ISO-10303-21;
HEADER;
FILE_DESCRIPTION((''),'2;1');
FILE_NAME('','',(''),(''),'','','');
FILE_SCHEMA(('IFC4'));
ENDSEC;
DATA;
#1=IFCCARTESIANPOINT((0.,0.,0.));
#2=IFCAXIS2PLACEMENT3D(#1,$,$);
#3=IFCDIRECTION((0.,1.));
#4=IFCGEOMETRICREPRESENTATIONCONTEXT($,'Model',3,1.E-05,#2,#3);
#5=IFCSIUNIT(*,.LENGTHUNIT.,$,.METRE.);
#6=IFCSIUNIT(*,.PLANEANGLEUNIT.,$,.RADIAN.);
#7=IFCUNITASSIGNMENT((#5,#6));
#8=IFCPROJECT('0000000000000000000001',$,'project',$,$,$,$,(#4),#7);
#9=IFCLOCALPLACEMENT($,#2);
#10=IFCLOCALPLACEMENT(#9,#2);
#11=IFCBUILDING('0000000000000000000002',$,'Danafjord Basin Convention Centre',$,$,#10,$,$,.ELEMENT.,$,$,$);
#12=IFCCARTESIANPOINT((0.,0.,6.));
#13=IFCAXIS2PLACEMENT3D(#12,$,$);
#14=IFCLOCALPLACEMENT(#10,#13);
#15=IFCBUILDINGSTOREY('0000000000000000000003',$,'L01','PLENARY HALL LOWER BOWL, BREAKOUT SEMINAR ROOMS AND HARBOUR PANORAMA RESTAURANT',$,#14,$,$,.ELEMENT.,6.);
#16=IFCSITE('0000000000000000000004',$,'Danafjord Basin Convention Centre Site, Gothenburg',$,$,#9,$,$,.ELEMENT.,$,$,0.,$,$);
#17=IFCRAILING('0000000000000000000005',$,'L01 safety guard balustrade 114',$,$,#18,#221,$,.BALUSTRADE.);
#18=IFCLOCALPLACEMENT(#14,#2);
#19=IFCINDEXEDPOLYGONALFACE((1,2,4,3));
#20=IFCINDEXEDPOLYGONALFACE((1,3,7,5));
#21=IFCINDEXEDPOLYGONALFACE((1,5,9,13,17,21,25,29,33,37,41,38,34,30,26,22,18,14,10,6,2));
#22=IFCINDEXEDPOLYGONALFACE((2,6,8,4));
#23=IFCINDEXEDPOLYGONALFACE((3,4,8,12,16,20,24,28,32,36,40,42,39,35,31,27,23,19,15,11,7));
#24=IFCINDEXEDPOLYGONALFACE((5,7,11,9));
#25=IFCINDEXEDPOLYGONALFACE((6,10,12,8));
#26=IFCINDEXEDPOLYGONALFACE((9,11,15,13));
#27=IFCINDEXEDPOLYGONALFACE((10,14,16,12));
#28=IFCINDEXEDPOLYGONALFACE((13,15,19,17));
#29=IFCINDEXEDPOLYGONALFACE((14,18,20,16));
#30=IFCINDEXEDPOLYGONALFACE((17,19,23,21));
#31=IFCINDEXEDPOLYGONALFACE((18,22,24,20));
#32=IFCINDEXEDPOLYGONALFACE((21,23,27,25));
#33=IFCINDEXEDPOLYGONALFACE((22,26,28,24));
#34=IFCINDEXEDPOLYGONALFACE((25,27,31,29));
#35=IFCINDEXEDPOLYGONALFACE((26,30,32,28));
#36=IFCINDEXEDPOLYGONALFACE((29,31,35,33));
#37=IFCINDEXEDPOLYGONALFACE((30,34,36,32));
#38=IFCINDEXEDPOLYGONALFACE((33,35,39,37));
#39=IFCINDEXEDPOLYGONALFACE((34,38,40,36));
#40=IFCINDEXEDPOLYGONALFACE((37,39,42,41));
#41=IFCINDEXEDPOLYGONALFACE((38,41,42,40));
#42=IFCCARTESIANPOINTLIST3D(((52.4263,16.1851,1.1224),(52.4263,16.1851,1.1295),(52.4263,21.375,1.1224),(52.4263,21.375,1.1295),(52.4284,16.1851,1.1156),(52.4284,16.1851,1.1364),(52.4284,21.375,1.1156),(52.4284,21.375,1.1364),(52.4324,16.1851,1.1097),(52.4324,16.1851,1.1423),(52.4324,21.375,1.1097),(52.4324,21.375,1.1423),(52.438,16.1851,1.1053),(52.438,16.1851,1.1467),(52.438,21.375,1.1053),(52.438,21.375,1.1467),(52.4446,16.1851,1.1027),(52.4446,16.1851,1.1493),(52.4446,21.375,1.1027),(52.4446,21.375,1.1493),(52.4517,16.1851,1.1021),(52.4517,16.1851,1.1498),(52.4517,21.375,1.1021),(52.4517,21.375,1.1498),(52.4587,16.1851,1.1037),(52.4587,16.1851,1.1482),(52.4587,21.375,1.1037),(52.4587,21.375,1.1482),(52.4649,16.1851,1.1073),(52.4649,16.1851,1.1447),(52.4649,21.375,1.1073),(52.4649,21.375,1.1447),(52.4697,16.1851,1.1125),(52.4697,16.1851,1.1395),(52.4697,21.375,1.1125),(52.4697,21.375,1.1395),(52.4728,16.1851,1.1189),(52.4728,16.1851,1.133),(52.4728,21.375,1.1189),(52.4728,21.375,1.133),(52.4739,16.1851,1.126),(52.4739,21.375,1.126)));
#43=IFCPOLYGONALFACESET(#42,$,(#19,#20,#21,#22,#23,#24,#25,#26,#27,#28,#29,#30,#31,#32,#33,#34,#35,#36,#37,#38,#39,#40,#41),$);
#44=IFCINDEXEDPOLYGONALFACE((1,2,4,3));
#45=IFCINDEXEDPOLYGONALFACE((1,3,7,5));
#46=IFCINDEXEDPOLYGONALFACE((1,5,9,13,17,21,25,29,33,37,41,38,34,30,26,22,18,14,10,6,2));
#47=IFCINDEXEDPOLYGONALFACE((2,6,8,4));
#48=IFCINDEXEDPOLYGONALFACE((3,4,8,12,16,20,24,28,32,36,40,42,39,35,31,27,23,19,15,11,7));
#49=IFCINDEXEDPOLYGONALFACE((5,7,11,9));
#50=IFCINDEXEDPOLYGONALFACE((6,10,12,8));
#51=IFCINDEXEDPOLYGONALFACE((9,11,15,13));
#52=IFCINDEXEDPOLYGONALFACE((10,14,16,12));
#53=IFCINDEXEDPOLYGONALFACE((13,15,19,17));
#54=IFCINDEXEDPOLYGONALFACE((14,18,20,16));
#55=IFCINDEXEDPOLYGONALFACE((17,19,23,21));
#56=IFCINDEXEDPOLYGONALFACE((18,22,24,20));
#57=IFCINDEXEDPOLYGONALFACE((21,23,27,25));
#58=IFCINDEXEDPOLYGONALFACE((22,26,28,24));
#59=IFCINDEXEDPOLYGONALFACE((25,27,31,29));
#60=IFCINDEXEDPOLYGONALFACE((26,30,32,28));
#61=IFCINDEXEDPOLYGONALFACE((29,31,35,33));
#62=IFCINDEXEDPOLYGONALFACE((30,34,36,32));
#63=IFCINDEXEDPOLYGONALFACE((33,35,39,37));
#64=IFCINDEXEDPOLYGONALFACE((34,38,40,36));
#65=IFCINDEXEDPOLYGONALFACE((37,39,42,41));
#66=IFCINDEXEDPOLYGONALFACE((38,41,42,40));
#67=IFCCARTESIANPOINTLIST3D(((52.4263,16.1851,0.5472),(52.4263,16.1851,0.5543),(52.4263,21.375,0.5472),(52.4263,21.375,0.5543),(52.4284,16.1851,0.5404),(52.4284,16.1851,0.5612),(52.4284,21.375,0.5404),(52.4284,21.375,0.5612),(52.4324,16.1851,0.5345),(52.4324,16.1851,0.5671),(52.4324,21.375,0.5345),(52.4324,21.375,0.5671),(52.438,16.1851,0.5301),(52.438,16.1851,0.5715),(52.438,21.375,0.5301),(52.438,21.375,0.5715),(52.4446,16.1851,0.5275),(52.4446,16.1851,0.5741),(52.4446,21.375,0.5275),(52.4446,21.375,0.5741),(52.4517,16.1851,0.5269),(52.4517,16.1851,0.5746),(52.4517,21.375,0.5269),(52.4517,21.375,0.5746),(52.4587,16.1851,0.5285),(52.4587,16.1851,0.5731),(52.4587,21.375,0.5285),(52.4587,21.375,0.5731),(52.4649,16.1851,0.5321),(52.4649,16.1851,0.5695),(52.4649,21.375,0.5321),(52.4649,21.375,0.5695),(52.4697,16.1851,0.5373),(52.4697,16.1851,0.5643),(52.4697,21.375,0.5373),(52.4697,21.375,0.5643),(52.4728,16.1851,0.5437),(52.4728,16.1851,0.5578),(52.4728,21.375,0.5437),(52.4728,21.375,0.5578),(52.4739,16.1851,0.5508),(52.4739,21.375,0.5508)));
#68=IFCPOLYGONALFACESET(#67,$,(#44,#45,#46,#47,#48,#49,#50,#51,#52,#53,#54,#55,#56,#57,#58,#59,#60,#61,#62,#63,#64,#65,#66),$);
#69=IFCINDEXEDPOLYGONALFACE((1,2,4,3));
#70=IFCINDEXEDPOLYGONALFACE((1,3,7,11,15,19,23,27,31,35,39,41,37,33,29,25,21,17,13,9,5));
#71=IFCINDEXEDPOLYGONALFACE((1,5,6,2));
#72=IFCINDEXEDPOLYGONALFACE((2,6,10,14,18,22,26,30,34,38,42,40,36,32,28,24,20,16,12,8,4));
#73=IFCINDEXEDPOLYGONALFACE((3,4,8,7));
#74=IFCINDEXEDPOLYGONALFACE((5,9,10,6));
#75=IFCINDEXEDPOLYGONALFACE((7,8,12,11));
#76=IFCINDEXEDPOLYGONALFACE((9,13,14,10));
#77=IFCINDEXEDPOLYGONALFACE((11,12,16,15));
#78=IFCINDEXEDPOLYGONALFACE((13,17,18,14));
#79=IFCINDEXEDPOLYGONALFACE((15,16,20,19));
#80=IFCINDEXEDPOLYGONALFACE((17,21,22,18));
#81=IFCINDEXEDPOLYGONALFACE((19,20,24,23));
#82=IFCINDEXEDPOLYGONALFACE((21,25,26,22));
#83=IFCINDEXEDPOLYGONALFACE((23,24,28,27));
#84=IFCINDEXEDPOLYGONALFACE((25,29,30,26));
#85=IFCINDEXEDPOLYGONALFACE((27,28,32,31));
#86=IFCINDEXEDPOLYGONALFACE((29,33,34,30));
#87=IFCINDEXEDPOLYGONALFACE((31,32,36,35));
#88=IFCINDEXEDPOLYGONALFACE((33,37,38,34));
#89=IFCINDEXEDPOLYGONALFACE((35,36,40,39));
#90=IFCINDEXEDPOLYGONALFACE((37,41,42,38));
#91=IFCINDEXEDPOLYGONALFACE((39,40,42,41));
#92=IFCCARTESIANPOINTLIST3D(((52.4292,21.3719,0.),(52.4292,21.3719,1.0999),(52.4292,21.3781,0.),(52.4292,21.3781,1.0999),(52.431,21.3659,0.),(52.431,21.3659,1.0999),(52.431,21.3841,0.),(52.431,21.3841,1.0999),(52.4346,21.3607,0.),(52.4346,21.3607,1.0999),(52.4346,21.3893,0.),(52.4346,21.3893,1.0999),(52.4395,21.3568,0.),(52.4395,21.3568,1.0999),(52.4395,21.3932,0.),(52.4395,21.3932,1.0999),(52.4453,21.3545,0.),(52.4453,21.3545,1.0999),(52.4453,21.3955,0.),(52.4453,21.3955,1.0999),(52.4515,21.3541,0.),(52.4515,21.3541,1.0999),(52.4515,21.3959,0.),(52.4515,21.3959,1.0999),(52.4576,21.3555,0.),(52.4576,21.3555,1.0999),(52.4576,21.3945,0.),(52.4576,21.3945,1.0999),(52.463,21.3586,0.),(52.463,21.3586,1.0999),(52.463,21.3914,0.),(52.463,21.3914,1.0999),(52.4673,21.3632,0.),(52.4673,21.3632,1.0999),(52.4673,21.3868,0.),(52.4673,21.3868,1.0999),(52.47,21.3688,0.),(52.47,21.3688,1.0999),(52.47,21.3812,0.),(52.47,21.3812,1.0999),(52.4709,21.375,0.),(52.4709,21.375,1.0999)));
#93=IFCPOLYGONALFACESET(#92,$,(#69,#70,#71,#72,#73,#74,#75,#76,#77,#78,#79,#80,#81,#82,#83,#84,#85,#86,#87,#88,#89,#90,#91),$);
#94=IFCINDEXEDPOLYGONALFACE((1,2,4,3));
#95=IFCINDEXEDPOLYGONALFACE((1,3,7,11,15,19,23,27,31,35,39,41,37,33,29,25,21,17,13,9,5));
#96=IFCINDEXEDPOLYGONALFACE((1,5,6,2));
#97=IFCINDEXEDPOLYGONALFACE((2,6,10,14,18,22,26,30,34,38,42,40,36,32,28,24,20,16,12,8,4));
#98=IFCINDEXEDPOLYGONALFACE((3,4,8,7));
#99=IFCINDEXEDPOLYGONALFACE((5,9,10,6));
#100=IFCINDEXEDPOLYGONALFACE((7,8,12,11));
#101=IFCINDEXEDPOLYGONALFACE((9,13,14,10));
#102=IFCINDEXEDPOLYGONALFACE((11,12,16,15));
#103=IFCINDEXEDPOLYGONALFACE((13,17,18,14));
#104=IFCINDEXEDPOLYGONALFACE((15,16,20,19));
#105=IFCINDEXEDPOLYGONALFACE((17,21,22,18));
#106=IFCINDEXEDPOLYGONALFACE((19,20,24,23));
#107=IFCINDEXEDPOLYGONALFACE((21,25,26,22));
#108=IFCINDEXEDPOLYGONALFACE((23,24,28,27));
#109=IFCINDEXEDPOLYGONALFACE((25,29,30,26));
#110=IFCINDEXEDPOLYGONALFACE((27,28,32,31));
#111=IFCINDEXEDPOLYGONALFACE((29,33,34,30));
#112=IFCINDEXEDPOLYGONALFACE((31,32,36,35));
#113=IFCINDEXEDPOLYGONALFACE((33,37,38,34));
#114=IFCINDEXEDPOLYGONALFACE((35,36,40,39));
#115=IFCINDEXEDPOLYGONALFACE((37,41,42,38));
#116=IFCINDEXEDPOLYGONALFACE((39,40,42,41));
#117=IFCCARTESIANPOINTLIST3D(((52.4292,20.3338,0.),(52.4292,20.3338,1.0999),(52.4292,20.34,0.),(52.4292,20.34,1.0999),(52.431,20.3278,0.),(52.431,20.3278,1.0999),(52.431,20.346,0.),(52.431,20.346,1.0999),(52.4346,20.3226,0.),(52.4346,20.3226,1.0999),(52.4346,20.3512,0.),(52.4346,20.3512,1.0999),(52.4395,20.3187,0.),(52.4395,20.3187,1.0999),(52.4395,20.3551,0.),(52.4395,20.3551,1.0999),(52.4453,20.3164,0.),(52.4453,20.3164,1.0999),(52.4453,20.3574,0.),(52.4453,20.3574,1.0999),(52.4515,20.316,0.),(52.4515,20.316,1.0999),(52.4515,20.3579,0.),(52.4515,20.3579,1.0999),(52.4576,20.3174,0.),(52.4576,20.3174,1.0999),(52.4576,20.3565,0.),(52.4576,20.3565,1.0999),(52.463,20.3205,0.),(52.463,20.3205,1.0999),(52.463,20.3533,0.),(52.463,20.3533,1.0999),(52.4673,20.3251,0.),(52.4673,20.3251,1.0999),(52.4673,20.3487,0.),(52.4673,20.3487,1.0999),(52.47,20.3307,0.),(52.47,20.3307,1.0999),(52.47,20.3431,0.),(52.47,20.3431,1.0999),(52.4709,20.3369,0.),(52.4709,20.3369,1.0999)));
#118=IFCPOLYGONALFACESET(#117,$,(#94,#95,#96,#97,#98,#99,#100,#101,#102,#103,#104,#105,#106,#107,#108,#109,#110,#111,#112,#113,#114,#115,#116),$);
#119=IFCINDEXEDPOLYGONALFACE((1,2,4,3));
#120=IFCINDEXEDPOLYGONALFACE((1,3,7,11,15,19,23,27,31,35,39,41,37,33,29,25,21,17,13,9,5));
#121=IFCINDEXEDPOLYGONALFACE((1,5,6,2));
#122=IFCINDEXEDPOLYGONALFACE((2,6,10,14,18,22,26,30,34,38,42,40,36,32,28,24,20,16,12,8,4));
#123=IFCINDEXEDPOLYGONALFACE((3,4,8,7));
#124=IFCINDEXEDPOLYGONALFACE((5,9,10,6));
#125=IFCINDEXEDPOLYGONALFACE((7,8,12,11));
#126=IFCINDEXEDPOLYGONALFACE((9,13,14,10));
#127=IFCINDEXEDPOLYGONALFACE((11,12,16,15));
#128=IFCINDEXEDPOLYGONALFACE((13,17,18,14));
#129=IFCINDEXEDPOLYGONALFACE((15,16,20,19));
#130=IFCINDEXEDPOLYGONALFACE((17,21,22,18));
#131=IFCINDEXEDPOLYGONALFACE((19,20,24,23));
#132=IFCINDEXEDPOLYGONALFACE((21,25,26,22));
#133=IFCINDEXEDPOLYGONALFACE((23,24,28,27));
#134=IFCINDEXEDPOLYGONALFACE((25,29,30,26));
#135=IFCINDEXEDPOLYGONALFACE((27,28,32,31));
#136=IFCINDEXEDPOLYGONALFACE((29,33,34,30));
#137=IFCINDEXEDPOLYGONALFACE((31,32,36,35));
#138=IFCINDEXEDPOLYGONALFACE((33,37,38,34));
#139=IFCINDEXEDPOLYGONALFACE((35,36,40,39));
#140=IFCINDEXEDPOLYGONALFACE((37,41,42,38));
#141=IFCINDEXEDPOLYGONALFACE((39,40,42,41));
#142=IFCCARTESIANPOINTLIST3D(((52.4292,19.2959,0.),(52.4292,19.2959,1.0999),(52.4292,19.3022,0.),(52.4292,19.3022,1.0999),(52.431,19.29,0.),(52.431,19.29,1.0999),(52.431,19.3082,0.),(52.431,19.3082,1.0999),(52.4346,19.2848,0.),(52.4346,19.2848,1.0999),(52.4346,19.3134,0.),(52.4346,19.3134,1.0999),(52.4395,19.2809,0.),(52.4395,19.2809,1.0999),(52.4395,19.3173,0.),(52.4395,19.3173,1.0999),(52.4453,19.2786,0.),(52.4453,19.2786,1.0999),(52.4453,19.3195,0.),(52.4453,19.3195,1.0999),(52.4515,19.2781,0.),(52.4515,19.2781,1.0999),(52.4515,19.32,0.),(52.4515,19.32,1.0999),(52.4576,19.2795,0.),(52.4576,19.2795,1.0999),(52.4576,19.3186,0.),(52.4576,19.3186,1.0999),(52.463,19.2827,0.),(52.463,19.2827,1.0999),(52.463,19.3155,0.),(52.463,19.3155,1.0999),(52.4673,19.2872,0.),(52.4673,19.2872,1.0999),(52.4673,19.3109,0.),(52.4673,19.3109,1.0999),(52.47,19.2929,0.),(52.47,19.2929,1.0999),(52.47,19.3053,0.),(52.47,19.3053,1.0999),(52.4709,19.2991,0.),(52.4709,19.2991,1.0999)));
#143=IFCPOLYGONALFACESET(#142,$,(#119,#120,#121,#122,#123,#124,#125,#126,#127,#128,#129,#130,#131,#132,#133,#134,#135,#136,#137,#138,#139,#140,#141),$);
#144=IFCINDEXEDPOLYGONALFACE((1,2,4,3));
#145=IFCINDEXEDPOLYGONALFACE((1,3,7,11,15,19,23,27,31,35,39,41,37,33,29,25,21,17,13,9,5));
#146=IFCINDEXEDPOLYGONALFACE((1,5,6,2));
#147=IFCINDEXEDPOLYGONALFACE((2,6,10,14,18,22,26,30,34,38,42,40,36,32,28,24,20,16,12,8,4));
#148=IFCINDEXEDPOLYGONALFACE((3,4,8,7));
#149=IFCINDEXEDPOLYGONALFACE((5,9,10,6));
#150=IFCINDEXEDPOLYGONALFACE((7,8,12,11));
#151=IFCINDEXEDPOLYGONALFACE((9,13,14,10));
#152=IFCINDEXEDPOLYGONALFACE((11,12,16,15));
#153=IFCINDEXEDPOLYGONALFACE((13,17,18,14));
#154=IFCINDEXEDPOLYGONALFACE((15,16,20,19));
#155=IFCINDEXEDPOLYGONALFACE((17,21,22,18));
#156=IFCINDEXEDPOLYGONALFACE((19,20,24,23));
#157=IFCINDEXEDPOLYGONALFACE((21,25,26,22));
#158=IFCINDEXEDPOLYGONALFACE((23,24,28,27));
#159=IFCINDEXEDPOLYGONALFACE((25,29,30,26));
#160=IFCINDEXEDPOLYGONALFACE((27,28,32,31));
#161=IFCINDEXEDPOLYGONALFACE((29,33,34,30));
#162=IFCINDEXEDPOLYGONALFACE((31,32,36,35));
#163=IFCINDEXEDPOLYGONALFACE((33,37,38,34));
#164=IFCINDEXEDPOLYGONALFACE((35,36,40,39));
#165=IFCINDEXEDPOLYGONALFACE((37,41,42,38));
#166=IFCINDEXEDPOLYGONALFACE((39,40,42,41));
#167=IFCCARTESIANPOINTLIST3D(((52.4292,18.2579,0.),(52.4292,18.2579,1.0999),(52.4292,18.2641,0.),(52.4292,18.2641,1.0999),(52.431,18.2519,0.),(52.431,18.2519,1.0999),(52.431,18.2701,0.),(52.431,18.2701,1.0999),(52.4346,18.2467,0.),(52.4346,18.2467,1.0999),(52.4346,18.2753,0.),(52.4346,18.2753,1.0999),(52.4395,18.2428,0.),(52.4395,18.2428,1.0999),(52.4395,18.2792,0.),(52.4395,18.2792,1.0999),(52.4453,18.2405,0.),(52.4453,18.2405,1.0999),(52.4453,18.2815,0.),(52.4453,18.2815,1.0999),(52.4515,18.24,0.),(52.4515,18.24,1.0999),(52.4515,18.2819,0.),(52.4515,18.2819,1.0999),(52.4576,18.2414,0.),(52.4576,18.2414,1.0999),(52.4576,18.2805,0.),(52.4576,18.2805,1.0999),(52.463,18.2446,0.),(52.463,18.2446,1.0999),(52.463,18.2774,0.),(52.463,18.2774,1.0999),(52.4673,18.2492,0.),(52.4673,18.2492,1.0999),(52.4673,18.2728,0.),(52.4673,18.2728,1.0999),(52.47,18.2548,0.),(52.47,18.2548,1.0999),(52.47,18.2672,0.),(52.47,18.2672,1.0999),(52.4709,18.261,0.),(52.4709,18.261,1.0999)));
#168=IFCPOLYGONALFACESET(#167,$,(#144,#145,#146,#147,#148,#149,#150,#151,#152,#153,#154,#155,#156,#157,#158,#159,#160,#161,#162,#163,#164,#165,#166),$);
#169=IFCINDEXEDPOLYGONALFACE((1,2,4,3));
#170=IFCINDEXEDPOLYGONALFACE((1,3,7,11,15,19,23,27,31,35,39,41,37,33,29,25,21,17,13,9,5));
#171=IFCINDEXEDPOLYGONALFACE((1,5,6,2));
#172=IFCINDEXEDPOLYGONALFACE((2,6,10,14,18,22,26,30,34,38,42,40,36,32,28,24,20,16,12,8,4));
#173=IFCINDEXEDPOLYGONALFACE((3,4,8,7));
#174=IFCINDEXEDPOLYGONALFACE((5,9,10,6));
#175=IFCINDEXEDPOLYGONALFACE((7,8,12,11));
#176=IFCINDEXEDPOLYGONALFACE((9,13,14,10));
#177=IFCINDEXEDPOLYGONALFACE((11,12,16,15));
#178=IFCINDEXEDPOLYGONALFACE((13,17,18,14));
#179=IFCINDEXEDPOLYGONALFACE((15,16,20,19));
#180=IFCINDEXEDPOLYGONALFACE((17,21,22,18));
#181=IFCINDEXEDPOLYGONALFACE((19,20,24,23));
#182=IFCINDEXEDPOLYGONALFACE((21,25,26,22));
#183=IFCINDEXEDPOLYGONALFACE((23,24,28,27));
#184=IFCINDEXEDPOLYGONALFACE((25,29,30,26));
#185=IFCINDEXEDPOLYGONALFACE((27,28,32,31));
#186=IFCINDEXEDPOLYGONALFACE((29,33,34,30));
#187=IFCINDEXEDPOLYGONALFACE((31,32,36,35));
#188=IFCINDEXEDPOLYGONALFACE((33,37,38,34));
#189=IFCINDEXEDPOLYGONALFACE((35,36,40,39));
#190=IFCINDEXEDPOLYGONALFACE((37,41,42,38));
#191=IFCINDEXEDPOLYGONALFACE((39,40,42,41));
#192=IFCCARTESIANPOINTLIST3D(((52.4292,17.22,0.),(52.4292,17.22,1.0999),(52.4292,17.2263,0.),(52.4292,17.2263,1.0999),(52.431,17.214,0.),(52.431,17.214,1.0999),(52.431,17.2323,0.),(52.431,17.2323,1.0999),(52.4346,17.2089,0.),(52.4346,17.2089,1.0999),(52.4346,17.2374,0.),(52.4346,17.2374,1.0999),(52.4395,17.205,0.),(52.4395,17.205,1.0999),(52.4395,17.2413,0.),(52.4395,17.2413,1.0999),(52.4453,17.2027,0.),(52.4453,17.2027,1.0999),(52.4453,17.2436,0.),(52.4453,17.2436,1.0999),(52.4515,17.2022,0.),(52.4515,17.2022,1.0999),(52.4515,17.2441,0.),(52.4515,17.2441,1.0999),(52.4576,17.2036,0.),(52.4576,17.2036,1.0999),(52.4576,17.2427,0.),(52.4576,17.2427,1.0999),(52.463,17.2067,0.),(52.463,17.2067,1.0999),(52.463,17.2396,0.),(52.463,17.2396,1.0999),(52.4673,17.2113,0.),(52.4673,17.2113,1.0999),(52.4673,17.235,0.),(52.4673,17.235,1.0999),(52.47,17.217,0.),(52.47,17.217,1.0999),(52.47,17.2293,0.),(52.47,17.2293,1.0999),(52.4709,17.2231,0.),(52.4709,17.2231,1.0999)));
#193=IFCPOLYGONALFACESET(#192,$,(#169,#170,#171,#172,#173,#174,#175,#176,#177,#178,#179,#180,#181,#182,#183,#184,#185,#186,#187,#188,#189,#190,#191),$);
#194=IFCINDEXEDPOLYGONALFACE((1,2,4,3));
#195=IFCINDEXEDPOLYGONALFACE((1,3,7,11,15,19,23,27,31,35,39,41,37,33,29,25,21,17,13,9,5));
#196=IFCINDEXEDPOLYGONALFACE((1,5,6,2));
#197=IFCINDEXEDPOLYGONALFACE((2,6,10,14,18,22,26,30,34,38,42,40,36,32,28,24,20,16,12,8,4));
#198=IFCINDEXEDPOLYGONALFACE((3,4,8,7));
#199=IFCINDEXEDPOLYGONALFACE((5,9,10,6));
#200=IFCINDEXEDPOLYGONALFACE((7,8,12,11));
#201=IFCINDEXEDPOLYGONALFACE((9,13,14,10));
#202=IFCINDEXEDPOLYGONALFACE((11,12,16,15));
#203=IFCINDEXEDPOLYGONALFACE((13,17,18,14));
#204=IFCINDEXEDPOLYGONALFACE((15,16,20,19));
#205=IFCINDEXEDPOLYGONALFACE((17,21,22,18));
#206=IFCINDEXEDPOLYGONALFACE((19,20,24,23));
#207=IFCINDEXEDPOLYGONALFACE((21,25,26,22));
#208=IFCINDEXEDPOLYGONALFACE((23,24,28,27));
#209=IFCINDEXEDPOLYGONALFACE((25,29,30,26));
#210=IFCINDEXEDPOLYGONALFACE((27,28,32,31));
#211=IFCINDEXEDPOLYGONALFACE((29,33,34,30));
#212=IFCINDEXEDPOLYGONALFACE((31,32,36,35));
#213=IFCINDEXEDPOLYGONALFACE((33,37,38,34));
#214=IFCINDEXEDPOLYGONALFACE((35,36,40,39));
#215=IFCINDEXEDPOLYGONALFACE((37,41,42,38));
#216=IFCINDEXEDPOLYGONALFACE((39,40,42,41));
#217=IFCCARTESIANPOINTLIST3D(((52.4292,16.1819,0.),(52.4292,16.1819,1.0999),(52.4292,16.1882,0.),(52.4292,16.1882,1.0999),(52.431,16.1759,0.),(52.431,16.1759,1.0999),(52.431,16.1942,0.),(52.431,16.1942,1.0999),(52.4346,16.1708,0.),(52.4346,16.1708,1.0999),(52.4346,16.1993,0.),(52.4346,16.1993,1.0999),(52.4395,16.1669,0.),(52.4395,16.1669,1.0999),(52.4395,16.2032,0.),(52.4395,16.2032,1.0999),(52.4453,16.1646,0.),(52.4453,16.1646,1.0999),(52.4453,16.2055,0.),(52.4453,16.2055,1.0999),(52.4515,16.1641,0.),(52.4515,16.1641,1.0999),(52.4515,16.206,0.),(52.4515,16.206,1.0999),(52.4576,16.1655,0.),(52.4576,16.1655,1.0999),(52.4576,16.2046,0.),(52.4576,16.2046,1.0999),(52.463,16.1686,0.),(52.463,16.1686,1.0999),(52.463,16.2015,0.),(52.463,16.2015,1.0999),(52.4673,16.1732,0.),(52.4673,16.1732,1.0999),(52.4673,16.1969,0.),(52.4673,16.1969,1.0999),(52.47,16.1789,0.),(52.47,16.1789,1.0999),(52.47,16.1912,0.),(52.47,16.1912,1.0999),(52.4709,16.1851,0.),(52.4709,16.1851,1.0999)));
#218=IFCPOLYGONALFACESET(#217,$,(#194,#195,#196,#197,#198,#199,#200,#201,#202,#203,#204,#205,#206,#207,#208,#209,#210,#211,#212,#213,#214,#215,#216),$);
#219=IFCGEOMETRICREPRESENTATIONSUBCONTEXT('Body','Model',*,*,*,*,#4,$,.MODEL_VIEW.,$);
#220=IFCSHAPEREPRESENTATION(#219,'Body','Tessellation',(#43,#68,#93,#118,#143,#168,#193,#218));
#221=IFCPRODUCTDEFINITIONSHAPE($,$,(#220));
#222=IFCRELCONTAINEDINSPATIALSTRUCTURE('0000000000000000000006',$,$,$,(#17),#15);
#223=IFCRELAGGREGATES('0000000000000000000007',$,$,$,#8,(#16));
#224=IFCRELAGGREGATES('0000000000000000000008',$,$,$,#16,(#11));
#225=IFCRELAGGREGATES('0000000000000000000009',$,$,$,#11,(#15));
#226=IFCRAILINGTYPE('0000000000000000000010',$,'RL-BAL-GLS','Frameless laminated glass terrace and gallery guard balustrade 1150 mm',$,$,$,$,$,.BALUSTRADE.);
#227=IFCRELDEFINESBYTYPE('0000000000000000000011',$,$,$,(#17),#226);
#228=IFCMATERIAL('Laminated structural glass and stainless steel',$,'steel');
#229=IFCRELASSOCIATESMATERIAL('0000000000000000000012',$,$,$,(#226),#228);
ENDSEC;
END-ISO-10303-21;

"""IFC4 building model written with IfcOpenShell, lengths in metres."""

from ifc_helpers import new_model, si_unit, direction, frame, origin, origin_2d, place, context, subcontext, project, spatial, circle, extrude, material, type_object, element, save


model = new_model("IFC4")

# Units and contexts
model_context = context("Model", 3, precision=1e-05, world=origin(), true_north=direction((0.0, 1.0)))
body_context = subcontext(model_context, "Body", "Model", "MODEL_VIEW")
ifc_project = project(units=[si_unit("LENGTHUNIT", "METRE"), si_unit("PLANEANGLEUNIT", "RADIAN")], contexts=[model_context])

# Site, building, storey
site_placement = place(None, origin())
site = spatial("IfcSite", under=ifc_project, at=site_placement, Name="Danafjord Basin Convention Centre Site, Gothenburg", CompositionType="ELEMENT", RefElevation=0.0)
building_placement = place(site_placement, origin())
building = spatial("IfcBuilding", under=site, at=building_placement, Name="Danafjord Basin Convention Centre", CompositionType="ELEMENT")
storey_placement = place(building_placement, frame((0.0, 0.0, 6.0)))
storey = spatial("IfcBuildingStorey", under=building, at=storey_placement, Name="L01", Description="PLENARY HALL LOWER BOWL, BREAKOUT SEMINAR ROOMS AND HARBOUR PANORAMA RESTAURANT", CompositionType="ELEMENT", Elevation=6.0)

# Railing
ifc_material_1 = material(Name="Laminated structural glass and stainless steel", Category="steel")
railing_type_1 = type_object("IfcRailingType", Name="RL-BAL-GLS", Description="Frameless laminated glass terrace and gallery guard balustrade 1150 mm", PredefinedType="BALUSTRADE", material=ifc_material_1)
railing_1_placement = place(storey_placement, frame((52.45, 21.375, 0.0)))
element("IfcRailing", 1, at=railing_1_placement, inside=storey, type_object=railing_type_1, Name="L01 safety guard balustrade 114", PredefinedType="BALUSTRADE", context=body_context, shape_type="SweptSolid", body=[
    extrude(circle(Radius=0.0239, at=origin_2d()), frame((0.0, 0.0, 1.126), z_axis=(0.0, -1.0, 0.0), x_axis=(1.0, 0.0, 0.0)), (0.0, 0.0, 1.0), 5.1899),
    extrude(circle(Radius=0.0239, at=origin_2d()), frame((0.0, 0.0, 0.5508), z_axis=(0.0, -1.0, 0.0), x_axis=(1.0, 0.0, 0.0)), (0.0, 0.0, 1.0), 5.1899),
    extrude(circle(Radius=0.021, at=origin_2d()), origin(), (0.0, 0.0, 1.0), 1.0999),
    extrude(circle(Radius=0.021, at=origin_2d()), frame((0.0, -1.0381, 0.0)), (0.0, 0.0, 1.0), 1.0999),
    extrude(circle(Radius=0.021, at=origin_2d()), frame((0.0, -2.0759, 0.0)), (0.0, 0.0, 1.0), 1.0999),
    extrude(circle(Radius=0.021, at=origin_2d()), frame((0.0, -3.114, 0.0)), (0.0, 0.0, 1.0), 1.0999),
    extrude(circle(Radius=0.021, at=origin_2d()), frame((0.0, -4.1519, 0.0)), (0.0, 0.0, 1.0), 1.0999),
    extrude(circle(Radius=0.021, at=origin_2d()), frame((0.0, -5.1899, 0.0)), (0.0, 0.0, 1.0), 1.0999),
])

save(model, "model.ifc")
